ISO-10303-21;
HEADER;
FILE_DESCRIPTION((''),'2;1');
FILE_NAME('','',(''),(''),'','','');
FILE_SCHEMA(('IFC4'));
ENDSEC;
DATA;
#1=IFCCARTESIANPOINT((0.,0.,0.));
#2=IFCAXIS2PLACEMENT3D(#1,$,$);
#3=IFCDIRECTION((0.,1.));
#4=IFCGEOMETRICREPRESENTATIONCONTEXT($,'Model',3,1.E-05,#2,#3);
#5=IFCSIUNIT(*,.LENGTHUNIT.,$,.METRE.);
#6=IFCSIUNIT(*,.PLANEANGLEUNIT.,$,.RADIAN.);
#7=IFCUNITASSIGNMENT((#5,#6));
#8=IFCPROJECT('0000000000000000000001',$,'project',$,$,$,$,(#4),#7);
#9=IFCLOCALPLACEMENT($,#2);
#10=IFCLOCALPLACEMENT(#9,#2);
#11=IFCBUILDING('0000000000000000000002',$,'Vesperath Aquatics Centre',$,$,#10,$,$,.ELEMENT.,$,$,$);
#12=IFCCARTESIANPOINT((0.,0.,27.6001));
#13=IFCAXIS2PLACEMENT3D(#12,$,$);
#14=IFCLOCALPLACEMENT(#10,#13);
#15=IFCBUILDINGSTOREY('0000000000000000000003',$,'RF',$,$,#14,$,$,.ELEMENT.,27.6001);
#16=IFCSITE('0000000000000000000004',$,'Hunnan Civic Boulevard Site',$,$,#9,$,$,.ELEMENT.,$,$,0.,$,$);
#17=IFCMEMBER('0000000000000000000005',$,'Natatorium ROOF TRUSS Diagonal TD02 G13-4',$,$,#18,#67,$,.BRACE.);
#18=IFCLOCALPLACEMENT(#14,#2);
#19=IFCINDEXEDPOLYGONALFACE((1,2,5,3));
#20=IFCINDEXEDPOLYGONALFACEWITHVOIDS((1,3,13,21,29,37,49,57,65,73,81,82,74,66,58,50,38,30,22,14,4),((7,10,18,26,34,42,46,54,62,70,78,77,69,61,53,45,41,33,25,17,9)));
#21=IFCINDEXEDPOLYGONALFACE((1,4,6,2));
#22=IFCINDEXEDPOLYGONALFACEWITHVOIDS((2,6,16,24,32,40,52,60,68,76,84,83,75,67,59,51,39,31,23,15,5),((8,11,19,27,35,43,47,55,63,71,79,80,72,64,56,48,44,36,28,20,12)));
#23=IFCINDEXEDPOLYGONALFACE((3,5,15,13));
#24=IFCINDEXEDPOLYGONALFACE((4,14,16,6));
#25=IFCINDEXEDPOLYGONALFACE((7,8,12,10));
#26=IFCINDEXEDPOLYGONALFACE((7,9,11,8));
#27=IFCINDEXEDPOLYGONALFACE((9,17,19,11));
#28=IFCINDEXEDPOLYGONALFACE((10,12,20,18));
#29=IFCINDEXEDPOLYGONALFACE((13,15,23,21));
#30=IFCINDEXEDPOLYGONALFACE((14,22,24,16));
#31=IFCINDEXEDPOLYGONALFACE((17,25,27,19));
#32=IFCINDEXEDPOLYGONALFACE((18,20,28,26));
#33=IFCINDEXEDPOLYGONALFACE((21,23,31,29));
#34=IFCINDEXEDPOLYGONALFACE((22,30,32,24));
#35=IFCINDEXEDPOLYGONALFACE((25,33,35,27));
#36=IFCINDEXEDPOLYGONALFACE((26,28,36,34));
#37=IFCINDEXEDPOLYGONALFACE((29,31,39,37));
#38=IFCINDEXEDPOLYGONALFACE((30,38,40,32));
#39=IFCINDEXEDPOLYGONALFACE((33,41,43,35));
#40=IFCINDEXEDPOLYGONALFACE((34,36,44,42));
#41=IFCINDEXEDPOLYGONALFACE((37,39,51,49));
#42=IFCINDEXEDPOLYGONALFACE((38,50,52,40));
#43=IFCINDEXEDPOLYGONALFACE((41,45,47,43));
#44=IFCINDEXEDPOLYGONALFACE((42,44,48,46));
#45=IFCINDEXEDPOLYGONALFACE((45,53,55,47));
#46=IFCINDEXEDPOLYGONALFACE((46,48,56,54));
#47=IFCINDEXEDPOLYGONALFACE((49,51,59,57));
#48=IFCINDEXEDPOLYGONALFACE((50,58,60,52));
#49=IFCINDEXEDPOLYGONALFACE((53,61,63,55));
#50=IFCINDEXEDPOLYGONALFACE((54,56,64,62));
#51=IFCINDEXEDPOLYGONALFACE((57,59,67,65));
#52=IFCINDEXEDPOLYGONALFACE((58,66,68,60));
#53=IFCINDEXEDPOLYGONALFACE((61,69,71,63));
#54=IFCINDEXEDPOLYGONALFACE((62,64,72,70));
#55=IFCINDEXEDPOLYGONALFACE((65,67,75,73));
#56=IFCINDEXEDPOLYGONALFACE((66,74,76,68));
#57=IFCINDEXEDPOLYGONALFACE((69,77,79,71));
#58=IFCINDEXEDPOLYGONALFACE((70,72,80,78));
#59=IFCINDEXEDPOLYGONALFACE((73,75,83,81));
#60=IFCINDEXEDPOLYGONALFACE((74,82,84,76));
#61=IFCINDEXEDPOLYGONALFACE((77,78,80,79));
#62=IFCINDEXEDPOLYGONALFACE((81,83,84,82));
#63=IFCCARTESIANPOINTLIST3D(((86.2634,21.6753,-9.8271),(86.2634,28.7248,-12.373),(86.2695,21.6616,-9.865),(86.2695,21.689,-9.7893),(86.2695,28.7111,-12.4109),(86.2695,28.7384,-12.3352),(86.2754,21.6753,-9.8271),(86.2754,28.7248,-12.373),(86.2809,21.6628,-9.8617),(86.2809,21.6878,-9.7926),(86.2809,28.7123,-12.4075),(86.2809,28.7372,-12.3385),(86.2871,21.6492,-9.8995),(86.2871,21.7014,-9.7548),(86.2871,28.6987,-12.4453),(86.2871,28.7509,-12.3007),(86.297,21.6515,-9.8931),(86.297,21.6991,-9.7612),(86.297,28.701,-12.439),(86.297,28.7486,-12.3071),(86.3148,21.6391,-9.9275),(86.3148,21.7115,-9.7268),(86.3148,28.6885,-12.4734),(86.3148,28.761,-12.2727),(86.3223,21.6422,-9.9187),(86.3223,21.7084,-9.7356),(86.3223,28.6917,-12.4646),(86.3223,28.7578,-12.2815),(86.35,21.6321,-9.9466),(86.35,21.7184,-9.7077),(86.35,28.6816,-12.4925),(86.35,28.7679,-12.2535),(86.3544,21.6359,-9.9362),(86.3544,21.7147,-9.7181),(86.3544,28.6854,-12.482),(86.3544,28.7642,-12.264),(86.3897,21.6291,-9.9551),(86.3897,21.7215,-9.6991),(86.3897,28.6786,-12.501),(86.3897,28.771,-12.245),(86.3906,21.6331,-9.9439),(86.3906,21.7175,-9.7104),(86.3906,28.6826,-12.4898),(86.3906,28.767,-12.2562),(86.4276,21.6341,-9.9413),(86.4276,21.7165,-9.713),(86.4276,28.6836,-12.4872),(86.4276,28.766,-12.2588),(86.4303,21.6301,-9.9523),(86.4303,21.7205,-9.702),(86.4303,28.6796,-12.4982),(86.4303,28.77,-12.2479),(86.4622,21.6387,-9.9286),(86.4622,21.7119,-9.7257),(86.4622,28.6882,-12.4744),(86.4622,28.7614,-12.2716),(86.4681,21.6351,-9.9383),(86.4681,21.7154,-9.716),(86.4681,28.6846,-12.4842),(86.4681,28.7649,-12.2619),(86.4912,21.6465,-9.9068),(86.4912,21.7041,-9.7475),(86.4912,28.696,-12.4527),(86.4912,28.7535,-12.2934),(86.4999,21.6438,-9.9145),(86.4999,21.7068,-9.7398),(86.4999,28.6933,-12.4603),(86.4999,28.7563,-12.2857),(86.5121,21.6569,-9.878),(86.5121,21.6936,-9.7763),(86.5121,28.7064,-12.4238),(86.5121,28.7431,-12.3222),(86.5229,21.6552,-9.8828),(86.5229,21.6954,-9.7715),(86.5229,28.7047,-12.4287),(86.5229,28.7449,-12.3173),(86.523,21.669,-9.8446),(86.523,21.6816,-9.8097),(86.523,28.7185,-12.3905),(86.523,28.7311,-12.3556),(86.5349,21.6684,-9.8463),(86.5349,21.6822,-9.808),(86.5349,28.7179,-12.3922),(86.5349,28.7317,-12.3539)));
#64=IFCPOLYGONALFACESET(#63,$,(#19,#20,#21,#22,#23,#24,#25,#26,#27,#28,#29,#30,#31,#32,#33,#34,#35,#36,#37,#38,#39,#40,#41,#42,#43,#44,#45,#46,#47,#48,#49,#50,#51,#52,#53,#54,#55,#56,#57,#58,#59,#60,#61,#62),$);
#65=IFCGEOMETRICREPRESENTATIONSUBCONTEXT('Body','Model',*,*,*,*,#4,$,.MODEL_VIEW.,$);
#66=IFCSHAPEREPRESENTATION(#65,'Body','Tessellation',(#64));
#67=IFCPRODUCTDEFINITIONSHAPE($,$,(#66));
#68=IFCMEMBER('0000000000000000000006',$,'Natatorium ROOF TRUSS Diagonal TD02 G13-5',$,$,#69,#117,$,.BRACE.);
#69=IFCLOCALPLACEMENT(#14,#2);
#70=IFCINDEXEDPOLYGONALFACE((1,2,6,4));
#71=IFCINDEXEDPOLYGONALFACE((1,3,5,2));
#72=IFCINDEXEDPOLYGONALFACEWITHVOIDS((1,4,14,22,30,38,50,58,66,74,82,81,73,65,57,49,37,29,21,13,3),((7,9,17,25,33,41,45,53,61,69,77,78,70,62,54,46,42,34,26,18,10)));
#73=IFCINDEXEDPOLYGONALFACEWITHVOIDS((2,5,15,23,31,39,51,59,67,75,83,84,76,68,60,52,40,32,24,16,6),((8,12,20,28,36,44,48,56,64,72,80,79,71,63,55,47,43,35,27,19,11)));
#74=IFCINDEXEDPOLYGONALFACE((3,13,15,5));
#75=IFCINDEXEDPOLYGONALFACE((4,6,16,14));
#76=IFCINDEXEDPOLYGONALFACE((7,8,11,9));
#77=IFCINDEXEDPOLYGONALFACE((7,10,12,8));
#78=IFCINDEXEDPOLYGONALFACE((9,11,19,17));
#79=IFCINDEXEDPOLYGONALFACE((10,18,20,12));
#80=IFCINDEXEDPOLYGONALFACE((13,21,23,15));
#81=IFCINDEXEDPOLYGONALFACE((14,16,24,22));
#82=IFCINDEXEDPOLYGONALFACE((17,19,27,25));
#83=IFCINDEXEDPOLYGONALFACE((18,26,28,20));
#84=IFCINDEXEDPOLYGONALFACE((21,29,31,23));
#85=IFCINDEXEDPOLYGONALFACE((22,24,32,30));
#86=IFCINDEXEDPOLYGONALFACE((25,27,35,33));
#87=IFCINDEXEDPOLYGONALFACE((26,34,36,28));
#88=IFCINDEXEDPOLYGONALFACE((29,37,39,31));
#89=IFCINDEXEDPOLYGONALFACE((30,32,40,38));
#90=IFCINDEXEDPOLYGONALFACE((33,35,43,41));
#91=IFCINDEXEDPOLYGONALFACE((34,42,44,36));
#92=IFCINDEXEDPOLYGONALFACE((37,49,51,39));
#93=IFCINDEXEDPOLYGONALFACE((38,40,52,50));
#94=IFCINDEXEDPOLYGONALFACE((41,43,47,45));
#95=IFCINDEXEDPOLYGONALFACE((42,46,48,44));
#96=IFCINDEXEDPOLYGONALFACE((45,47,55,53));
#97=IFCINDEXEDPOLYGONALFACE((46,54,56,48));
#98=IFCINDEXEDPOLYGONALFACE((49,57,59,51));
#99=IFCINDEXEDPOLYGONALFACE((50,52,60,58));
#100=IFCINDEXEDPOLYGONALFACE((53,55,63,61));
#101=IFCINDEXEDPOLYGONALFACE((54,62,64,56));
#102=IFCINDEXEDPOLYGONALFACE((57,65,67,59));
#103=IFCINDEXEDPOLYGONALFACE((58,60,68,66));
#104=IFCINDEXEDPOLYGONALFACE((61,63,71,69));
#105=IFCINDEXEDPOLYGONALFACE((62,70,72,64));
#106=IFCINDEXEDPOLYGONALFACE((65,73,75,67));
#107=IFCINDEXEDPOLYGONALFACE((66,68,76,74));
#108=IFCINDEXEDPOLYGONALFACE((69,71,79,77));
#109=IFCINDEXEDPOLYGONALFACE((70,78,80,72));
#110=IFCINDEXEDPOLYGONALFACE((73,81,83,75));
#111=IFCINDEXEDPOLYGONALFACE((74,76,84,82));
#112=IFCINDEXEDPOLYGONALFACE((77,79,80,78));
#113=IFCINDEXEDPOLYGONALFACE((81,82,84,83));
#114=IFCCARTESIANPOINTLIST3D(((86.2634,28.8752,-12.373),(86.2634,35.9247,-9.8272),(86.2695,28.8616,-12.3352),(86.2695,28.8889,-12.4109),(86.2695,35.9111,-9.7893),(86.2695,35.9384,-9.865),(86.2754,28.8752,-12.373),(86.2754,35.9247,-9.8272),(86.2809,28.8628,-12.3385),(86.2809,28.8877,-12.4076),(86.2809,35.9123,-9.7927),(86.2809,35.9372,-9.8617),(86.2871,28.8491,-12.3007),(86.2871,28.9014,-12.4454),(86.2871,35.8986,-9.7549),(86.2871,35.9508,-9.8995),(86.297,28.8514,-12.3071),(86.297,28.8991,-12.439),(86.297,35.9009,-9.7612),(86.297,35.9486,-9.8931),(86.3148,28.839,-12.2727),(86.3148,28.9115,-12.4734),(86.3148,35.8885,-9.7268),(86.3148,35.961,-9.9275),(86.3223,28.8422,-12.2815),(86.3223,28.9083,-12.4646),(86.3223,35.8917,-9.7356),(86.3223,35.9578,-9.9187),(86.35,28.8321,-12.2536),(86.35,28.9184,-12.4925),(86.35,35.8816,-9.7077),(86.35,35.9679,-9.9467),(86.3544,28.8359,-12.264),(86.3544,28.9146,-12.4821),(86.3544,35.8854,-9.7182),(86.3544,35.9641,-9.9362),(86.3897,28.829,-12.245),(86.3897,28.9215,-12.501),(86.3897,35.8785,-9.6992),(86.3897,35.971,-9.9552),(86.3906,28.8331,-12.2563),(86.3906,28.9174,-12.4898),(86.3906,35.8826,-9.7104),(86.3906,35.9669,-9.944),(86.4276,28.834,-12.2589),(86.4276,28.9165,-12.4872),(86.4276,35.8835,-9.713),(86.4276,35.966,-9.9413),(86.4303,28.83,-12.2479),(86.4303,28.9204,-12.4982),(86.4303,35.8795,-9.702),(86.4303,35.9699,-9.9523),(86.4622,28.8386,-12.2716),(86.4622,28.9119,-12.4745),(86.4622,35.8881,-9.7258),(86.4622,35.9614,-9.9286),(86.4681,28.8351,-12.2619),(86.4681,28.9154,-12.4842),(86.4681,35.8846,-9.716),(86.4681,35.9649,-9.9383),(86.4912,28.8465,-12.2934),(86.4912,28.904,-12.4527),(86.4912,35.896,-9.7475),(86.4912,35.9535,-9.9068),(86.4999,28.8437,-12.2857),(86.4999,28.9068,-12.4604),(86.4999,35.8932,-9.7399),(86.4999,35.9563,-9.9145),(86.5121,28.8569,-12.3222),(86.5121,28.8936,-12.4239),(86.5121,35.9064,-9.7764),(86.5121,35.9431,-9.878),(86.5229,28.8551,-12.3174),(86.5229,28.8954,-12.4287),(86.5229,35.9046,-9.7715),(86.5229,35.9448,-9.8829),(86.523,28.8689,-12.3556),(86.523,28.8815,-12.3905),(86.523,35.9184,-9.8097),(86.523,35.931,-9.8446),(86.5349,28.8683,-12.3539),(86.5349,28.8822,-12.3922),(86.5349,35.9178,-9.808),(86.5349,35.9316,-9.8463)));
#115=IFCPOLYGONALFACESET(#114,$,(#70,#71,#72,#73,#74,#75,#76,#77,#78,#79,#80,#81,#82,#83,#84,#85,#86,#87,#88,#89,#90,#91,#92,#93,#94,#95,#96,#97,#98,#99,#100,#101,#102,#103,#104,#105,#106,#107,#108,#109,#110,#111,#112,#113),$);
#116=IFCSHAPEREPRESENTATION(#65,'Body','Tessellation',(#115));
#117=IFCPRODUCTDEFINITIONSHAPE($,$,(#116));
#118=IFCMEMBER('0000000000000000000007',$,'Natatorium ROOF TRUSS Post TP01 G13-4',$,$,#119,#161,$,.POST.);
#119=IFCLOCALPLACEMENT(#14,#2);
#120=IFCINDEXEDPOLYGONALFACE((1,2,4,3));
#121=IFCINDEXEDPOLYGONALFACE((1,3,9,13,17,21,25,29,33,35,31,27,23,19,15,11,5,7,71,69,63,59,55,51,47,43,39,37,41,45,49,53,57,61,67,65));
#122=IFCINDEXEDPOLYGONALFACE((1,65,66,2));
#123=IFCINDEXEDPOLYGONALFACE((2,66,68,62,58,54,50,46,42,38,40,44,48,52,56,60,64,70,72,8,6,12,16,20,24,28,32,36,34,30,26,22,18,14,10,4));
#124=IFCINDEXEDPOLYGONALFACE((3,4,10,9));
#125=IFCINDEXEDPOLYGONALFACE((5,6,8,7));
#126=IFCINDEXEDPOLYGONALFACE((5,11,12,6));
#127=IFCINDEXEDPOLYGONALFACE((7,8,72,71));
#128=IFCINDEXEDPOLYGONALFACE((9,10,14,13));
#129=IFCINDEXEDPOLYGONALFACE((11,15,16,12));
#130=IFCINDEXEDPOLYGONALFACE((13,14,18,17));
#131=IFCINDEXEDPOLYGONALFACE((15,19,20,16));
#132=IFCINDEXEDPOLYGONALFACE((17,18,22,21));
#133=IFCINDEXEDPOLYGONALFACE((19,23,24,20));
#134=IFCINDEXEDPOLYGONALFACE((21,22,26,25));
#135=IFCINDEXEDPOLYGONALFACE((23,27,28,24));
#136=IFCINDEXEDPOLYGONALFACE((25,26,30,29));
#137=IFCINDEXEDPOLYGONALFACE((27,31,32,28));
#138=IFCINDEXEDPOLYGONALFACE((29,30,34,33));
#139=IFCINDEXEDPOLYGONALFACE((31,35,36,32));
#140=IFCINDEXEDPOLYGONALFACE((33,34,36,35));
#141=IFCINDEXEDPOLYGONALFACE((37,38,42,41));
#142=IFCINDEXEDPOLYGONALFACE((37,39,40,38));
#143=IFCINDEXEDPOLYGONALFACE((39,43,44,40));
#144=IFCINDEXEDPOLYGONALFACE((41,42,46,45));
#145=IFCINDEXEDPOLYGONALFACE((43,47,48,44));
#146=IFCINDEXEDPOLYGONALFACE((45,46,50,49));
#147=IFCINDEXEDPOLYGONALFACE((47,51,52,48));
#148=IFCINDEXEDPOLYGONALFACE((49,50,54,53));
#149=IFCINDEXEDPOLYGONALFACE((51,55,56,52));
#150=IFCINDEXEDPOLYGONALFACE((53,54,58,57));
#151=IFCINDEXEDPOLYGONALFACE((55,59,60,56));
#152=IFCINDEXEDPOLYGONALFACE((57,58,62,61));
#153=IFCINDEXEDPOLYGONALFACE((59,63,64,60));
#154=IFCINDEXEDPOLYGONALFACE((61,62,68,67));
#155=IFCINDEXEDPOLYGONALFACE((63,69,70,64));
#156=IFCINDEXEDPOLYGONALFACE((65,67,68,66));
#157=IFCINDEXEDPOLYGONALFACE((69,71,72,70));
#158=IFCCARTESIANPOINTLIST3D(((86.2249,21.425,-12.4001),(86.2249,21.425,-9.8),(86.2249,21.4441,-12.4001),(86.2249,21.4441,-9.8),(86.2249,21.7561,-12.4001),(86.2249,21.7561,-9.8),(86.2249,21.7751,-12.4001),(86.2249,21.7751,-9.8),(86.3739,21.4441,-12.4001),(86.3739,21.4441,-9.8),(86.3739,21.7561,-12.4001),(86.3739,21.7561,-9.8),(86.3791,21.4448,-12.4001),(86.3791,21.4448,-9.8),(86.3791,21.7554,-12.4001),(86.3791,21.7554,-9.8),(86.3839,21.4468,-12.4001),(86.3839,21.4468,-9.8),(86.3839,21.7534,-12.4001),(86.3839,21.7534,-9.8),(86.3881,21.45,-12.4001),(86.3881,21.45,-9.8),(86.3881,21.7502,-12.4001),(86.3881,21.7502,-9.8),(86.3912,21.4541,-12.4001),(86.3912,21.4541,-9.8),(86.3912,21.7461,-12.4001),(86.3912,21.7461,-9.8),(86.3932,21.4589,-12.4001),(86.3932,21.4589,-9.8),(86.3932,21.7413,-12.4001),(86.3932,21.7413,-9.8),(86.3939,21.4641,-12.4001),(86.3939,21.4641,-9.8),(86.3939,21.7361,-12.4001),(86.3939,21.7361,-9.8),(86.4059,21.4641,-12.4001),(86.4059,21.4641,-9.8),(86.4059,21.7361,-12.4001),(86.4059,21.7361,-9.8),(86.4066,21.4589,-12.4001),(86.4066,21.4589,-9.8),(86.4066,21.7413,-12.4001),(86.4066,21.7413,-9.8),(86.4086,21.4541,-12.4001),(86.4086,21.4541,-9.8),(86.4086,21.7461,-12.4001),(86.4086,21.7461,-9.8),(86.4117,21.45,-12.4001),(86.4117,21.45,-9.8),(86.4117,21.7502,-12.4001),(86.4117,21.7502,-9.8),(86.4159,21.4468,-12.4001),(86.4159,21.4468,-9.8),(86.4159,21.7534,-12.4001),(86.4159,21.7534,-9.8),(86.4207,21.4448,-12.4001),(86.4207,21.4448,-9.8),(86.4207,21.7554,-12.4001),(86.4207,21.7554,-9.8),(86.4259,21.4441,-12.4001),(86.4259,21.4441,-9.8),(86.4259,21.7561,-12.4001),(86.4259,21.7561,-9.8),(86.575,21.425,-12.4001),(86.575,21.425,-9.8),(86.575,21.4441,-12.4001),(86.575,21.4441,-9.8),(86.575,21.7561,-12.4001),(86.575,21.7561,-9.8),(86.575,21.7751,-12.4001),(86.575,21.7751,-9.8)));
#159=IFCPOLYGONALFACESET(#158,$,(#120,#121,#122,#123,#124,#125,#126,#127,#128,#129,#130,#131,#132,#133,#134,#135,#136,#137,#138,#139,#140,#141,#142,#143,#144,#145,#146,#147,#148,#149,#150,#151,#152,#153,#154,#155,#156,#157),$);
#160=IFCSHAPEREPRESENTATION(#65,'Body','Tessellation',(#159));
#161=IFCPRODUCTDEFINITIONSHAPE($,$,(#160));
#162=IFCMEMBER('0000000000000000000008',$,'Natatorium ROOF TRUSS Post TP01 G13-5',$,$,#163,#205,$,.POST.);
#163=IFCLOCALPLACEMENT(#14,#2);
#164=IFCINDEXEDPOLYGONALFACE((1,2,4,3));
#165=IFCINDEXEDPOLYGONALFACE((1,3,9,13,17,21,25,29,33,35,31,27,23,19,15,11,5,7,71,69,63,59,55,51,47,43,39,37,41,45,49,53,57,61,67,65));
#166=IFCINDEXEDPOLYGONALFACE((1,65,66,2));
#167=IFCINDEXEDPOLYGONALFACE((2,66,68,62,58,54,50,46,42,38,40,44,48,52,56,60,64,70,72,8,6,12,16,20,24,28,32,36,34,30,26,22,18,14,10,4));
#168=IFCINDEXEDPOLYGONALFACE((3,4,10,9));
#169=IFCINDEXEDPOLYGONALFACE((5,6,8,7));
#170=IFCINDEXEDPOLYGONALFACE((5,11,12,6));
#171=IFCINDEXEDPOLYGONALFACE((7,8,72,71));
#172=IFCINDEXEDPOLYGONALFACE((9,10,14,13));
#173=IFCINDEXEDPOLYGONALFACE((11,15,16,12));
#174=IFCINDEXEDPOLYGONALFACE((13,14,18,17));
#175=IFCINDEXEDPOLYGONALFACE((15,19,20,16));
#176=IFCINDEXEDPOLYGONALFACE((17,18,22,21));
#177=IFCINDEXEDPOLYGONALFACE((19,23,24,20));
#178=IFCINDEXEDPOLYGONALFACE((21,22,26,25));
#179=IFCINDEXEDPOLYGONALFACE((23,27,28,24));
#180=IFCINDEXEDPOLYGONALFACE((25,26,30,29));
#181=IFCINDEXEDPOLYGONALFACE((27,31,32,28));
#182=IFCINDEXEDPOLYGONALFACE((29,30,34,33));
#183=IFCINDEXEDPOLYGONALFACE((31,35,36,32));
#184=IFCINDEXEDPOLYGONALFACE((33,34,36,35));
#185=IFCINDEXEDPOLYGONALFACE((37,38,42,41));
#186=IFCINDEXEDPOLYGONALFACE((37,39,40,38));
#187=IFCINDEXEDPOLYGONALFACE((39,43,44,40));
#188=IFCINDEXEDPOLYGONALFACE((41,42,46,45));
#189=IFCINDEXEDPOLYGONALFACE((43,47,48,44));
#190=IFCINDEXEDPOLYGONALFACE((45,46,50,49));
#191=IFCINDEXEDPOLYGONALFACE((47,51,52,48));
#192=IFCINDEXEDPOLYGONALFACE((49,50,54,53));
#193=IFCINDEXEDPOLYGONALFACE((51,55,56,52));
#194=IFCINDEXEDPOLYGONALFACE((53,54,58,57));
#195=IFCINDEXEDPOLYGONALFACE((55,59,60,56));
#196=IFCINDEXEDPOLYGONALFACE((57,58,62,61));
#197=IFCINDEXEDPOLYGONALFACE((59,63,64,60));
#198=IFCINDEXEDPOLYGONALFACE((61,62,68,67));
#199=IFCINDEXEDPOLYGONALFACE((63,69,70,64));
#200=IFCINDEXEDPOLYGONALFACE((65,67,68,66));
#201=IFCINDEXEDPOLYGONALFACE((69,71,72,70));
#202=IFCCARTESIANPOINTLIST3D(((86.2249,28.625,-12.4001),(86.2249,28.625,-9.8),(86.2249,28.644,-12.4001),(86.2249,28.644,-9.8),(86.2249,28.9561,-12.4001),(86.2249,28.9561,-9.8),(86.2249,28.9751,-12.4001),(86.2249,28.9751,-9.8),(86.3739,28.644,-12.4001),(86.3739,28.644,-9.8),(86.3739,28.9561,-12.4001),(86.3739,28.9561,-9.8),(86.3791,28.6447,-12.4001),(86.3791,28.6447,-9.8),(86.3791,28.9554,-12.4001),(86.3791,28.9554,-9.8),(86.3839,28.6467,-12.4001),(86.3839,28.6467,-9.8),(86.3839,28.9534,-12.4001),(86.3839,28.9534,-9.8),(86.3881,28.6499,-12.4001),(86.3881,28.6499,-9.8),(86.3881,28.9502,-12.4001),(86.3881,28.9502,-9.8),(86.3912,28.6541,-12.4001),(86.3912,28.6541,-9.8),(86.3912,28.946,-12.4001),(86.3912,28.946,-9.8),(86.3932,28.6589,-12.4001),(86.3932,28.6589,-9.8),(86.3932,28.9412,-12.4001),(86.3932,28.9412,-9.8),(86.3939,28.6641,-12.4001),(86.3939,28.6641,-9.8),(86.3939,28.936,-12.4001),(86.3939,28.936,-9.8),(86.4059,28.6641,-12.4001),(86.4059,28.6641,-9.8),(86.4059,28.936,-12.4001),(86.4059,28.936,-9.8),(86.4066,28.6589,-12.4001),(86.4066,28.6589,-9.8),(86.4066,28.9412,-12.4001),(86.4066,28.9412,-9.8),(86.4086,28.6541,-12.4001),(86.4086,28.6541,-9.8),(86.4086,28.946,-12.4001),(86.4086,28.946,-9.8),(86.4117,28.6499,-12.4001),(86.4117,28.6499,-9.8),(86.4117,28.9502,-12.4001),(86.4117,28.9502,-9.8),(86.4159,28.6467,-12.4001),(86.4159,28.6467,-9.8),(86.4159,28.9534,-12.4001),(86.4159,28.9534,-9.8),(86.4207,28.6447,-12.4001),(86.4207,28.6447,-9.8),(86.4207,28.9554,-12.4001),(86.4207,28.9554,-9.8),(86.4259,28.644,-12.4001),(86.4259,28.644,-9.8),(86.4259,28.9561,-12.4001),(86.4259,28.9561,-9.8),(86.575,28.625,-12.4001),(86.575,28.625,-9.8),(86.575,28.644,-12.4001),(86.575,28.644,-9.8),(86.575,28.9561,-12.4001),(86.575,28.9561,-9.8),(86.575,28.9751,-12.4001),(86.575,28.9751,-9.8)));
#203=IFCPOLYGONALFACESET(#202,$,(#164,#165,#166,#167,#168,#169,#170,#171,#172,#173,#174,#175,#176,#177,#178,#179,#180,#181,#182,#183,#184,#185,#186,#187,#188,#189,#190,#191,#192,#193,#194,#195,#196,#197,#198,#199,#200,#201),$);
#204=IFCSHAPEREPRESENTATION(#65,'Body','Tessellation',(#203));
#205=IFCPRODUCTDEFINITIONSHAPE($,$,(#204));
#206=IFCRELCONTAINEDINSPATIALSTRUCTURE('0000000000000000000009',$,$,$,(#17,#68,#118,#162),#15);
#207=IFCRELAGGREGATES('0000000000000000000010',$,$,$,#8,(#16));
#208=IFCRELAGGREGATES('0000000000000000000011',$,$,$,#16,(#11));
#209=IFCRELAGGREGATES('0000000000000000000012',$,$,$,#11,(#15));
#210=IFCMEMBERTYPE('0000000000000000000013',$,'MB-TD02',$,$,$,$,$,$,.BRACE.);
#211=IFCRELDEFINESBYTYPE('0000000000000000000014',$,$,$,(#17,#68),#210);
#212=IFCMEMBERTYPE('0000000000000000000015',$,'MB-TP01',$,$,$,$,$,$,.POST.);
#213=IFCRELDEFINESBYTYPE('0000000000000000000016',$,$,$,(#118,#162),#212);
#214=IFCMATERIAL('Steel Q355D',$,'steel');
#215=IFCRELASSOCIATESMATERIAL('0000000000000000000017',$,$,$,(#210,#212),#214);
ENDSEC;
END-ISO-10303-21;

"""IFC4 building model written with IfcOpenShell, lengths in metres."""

from ifc_helpers import new_model, si_unit, direction, frame, origin, origin_2d, place, context, subcontext, project, spatial, hollow_circle, i_section, extrude, material, material_profile, profile_set, type_object, element, save


model = new_model("IFC4")

# Units and contexts
model_context = context("Model", 3, precision=1e-05, world=origin(), true_north=direction((0.0, 1.0)))
body_context = subcontext(model_context, "Body", "Model", "MODEL_VIEW")
ifc_project = project(units=[si_unit("LENGTHUNIT", "METRE"), si_unit("PLANEANGLEUNIT", "RADIAN")], contexts=[model_context])

# Site, building, storey
site_placement = place(None, origin())
site = spatial("IfcSite", under=ifc_project, at=site_placement, Name="Hunnan Civic Boulevard Site", CompositionType="ELEMENT", RefElevation=0.0)
building_placement = place(site_placement, origin())
building = spatial("IfcBuilding", under=site, at=building_placement, Name="Vesperath Aquatics Centre", CompositionType="ELEMENT")
storey_placement = place(building_placement, frame((0.0, 0.0, 27.6001)))
storey = spatial("IfcBuildingStorey", under=building, at=storey_placement, Name="RF", CompositionType="ELEMENT", Elevation=27.6001)

# Members
ifc_material_1 = material(Name="Steel Q355D", Category="steel")
ifc_material_profile_1 = material_profile(ifc_material_1, hollow_circle(Radius=0.1365, WallThickness=0.012, at=origin_2d()), Name="CHS 273.0x12")
ifc_profile_set_1 = profile_set([ifc_material_profile_1], Name="Steel Q355D")
member_type_1 = type_object("IfcMemberType", Name="MB-TD02", PredefinedType="BRACE", material=ifc_profile_set_1)
for number, where, z_axis, x_axis, name in (
    (1, (86.3999, 21.6753, -9.8271), (0.0, 0.940544, -0.339671), (-1.0, 0.0, 0.0), "Natatorium ROOF TRUSS Diagonal TD02 G13-4"),
    (2, (86.3999, 28.8752, -12.373), (0.0, 0.940544, 0.339671), (-1.0, 0.0, 0.0), "Natatorium ROOF TRUSS Diagonal TD02 G13-5"),
):
    element("IfcMember", number, at=place(storey_placement, frame(where, z_axis=z_axis, x_axis=x_axis)), inside=storey, type_object=member_type_1, Name=name, PredefinedType="BRACE", context=body_context, shape_type="SweptSolid", body=[
        extrude(hollow_circle(Radius=0.1365, WallThickness=0.012, at=origin_2d()), origin(), (0.0, 0.0, 1.0), 7.4951),
    ])
ifc_material_profile_2 = material_profile(ifc_material_1, i_section(OverallWidth=0.3501, OverallDepth=0.3501, WebThickness=0.012, FlangeThickness=0.019, FilletRadius=0.02, at=origin_2d()), Name="HW 350x350x12x19")
ifc_profile_set_2 = profile_set([ifc_material_profile_2], Name="Steel Q355D")
member_type_2 = type_object("IfcMemberType", Name="MB-TP01", PredefinedType="POST", material=ifc_profile_set_2)
for number, where, z_axis, x_axis, name in (
    (3, (86.3999, 21.6001, -12.4001), (0.0, 0.0, 1.0), (1.0, 0.0, 0.0), "Natatorium ROOF TRUSS Post TP01 G13-4"),
    (4, (86.3999, 28.8, -12.4001), (0.0, 0.0, 1.0), (1.0, 0.0, 0.0), "Natatorium ROOF TRUSS Post TP01 G13-5"),
):
    element("IfcMember", number, at=place(storey_placement, frame(where, z_axis=z_axis, x_axis=x_axis)), inside=storey, type_object=member_type_2, Name=name, PredefinedType="POST", context=body_context, shape_type="SweptSolid", body=[
        extrude(i_section(OverallWidth=0.3501, OverallDepth=0.3501, WebThickness=0.012, FlangeThickness=0.019, FilletRadius=0.02, at=origin_2d()), origin(), (0.0, 0.0, 1.0), 2.6001),
    ])

save(model, "model.ifc")
